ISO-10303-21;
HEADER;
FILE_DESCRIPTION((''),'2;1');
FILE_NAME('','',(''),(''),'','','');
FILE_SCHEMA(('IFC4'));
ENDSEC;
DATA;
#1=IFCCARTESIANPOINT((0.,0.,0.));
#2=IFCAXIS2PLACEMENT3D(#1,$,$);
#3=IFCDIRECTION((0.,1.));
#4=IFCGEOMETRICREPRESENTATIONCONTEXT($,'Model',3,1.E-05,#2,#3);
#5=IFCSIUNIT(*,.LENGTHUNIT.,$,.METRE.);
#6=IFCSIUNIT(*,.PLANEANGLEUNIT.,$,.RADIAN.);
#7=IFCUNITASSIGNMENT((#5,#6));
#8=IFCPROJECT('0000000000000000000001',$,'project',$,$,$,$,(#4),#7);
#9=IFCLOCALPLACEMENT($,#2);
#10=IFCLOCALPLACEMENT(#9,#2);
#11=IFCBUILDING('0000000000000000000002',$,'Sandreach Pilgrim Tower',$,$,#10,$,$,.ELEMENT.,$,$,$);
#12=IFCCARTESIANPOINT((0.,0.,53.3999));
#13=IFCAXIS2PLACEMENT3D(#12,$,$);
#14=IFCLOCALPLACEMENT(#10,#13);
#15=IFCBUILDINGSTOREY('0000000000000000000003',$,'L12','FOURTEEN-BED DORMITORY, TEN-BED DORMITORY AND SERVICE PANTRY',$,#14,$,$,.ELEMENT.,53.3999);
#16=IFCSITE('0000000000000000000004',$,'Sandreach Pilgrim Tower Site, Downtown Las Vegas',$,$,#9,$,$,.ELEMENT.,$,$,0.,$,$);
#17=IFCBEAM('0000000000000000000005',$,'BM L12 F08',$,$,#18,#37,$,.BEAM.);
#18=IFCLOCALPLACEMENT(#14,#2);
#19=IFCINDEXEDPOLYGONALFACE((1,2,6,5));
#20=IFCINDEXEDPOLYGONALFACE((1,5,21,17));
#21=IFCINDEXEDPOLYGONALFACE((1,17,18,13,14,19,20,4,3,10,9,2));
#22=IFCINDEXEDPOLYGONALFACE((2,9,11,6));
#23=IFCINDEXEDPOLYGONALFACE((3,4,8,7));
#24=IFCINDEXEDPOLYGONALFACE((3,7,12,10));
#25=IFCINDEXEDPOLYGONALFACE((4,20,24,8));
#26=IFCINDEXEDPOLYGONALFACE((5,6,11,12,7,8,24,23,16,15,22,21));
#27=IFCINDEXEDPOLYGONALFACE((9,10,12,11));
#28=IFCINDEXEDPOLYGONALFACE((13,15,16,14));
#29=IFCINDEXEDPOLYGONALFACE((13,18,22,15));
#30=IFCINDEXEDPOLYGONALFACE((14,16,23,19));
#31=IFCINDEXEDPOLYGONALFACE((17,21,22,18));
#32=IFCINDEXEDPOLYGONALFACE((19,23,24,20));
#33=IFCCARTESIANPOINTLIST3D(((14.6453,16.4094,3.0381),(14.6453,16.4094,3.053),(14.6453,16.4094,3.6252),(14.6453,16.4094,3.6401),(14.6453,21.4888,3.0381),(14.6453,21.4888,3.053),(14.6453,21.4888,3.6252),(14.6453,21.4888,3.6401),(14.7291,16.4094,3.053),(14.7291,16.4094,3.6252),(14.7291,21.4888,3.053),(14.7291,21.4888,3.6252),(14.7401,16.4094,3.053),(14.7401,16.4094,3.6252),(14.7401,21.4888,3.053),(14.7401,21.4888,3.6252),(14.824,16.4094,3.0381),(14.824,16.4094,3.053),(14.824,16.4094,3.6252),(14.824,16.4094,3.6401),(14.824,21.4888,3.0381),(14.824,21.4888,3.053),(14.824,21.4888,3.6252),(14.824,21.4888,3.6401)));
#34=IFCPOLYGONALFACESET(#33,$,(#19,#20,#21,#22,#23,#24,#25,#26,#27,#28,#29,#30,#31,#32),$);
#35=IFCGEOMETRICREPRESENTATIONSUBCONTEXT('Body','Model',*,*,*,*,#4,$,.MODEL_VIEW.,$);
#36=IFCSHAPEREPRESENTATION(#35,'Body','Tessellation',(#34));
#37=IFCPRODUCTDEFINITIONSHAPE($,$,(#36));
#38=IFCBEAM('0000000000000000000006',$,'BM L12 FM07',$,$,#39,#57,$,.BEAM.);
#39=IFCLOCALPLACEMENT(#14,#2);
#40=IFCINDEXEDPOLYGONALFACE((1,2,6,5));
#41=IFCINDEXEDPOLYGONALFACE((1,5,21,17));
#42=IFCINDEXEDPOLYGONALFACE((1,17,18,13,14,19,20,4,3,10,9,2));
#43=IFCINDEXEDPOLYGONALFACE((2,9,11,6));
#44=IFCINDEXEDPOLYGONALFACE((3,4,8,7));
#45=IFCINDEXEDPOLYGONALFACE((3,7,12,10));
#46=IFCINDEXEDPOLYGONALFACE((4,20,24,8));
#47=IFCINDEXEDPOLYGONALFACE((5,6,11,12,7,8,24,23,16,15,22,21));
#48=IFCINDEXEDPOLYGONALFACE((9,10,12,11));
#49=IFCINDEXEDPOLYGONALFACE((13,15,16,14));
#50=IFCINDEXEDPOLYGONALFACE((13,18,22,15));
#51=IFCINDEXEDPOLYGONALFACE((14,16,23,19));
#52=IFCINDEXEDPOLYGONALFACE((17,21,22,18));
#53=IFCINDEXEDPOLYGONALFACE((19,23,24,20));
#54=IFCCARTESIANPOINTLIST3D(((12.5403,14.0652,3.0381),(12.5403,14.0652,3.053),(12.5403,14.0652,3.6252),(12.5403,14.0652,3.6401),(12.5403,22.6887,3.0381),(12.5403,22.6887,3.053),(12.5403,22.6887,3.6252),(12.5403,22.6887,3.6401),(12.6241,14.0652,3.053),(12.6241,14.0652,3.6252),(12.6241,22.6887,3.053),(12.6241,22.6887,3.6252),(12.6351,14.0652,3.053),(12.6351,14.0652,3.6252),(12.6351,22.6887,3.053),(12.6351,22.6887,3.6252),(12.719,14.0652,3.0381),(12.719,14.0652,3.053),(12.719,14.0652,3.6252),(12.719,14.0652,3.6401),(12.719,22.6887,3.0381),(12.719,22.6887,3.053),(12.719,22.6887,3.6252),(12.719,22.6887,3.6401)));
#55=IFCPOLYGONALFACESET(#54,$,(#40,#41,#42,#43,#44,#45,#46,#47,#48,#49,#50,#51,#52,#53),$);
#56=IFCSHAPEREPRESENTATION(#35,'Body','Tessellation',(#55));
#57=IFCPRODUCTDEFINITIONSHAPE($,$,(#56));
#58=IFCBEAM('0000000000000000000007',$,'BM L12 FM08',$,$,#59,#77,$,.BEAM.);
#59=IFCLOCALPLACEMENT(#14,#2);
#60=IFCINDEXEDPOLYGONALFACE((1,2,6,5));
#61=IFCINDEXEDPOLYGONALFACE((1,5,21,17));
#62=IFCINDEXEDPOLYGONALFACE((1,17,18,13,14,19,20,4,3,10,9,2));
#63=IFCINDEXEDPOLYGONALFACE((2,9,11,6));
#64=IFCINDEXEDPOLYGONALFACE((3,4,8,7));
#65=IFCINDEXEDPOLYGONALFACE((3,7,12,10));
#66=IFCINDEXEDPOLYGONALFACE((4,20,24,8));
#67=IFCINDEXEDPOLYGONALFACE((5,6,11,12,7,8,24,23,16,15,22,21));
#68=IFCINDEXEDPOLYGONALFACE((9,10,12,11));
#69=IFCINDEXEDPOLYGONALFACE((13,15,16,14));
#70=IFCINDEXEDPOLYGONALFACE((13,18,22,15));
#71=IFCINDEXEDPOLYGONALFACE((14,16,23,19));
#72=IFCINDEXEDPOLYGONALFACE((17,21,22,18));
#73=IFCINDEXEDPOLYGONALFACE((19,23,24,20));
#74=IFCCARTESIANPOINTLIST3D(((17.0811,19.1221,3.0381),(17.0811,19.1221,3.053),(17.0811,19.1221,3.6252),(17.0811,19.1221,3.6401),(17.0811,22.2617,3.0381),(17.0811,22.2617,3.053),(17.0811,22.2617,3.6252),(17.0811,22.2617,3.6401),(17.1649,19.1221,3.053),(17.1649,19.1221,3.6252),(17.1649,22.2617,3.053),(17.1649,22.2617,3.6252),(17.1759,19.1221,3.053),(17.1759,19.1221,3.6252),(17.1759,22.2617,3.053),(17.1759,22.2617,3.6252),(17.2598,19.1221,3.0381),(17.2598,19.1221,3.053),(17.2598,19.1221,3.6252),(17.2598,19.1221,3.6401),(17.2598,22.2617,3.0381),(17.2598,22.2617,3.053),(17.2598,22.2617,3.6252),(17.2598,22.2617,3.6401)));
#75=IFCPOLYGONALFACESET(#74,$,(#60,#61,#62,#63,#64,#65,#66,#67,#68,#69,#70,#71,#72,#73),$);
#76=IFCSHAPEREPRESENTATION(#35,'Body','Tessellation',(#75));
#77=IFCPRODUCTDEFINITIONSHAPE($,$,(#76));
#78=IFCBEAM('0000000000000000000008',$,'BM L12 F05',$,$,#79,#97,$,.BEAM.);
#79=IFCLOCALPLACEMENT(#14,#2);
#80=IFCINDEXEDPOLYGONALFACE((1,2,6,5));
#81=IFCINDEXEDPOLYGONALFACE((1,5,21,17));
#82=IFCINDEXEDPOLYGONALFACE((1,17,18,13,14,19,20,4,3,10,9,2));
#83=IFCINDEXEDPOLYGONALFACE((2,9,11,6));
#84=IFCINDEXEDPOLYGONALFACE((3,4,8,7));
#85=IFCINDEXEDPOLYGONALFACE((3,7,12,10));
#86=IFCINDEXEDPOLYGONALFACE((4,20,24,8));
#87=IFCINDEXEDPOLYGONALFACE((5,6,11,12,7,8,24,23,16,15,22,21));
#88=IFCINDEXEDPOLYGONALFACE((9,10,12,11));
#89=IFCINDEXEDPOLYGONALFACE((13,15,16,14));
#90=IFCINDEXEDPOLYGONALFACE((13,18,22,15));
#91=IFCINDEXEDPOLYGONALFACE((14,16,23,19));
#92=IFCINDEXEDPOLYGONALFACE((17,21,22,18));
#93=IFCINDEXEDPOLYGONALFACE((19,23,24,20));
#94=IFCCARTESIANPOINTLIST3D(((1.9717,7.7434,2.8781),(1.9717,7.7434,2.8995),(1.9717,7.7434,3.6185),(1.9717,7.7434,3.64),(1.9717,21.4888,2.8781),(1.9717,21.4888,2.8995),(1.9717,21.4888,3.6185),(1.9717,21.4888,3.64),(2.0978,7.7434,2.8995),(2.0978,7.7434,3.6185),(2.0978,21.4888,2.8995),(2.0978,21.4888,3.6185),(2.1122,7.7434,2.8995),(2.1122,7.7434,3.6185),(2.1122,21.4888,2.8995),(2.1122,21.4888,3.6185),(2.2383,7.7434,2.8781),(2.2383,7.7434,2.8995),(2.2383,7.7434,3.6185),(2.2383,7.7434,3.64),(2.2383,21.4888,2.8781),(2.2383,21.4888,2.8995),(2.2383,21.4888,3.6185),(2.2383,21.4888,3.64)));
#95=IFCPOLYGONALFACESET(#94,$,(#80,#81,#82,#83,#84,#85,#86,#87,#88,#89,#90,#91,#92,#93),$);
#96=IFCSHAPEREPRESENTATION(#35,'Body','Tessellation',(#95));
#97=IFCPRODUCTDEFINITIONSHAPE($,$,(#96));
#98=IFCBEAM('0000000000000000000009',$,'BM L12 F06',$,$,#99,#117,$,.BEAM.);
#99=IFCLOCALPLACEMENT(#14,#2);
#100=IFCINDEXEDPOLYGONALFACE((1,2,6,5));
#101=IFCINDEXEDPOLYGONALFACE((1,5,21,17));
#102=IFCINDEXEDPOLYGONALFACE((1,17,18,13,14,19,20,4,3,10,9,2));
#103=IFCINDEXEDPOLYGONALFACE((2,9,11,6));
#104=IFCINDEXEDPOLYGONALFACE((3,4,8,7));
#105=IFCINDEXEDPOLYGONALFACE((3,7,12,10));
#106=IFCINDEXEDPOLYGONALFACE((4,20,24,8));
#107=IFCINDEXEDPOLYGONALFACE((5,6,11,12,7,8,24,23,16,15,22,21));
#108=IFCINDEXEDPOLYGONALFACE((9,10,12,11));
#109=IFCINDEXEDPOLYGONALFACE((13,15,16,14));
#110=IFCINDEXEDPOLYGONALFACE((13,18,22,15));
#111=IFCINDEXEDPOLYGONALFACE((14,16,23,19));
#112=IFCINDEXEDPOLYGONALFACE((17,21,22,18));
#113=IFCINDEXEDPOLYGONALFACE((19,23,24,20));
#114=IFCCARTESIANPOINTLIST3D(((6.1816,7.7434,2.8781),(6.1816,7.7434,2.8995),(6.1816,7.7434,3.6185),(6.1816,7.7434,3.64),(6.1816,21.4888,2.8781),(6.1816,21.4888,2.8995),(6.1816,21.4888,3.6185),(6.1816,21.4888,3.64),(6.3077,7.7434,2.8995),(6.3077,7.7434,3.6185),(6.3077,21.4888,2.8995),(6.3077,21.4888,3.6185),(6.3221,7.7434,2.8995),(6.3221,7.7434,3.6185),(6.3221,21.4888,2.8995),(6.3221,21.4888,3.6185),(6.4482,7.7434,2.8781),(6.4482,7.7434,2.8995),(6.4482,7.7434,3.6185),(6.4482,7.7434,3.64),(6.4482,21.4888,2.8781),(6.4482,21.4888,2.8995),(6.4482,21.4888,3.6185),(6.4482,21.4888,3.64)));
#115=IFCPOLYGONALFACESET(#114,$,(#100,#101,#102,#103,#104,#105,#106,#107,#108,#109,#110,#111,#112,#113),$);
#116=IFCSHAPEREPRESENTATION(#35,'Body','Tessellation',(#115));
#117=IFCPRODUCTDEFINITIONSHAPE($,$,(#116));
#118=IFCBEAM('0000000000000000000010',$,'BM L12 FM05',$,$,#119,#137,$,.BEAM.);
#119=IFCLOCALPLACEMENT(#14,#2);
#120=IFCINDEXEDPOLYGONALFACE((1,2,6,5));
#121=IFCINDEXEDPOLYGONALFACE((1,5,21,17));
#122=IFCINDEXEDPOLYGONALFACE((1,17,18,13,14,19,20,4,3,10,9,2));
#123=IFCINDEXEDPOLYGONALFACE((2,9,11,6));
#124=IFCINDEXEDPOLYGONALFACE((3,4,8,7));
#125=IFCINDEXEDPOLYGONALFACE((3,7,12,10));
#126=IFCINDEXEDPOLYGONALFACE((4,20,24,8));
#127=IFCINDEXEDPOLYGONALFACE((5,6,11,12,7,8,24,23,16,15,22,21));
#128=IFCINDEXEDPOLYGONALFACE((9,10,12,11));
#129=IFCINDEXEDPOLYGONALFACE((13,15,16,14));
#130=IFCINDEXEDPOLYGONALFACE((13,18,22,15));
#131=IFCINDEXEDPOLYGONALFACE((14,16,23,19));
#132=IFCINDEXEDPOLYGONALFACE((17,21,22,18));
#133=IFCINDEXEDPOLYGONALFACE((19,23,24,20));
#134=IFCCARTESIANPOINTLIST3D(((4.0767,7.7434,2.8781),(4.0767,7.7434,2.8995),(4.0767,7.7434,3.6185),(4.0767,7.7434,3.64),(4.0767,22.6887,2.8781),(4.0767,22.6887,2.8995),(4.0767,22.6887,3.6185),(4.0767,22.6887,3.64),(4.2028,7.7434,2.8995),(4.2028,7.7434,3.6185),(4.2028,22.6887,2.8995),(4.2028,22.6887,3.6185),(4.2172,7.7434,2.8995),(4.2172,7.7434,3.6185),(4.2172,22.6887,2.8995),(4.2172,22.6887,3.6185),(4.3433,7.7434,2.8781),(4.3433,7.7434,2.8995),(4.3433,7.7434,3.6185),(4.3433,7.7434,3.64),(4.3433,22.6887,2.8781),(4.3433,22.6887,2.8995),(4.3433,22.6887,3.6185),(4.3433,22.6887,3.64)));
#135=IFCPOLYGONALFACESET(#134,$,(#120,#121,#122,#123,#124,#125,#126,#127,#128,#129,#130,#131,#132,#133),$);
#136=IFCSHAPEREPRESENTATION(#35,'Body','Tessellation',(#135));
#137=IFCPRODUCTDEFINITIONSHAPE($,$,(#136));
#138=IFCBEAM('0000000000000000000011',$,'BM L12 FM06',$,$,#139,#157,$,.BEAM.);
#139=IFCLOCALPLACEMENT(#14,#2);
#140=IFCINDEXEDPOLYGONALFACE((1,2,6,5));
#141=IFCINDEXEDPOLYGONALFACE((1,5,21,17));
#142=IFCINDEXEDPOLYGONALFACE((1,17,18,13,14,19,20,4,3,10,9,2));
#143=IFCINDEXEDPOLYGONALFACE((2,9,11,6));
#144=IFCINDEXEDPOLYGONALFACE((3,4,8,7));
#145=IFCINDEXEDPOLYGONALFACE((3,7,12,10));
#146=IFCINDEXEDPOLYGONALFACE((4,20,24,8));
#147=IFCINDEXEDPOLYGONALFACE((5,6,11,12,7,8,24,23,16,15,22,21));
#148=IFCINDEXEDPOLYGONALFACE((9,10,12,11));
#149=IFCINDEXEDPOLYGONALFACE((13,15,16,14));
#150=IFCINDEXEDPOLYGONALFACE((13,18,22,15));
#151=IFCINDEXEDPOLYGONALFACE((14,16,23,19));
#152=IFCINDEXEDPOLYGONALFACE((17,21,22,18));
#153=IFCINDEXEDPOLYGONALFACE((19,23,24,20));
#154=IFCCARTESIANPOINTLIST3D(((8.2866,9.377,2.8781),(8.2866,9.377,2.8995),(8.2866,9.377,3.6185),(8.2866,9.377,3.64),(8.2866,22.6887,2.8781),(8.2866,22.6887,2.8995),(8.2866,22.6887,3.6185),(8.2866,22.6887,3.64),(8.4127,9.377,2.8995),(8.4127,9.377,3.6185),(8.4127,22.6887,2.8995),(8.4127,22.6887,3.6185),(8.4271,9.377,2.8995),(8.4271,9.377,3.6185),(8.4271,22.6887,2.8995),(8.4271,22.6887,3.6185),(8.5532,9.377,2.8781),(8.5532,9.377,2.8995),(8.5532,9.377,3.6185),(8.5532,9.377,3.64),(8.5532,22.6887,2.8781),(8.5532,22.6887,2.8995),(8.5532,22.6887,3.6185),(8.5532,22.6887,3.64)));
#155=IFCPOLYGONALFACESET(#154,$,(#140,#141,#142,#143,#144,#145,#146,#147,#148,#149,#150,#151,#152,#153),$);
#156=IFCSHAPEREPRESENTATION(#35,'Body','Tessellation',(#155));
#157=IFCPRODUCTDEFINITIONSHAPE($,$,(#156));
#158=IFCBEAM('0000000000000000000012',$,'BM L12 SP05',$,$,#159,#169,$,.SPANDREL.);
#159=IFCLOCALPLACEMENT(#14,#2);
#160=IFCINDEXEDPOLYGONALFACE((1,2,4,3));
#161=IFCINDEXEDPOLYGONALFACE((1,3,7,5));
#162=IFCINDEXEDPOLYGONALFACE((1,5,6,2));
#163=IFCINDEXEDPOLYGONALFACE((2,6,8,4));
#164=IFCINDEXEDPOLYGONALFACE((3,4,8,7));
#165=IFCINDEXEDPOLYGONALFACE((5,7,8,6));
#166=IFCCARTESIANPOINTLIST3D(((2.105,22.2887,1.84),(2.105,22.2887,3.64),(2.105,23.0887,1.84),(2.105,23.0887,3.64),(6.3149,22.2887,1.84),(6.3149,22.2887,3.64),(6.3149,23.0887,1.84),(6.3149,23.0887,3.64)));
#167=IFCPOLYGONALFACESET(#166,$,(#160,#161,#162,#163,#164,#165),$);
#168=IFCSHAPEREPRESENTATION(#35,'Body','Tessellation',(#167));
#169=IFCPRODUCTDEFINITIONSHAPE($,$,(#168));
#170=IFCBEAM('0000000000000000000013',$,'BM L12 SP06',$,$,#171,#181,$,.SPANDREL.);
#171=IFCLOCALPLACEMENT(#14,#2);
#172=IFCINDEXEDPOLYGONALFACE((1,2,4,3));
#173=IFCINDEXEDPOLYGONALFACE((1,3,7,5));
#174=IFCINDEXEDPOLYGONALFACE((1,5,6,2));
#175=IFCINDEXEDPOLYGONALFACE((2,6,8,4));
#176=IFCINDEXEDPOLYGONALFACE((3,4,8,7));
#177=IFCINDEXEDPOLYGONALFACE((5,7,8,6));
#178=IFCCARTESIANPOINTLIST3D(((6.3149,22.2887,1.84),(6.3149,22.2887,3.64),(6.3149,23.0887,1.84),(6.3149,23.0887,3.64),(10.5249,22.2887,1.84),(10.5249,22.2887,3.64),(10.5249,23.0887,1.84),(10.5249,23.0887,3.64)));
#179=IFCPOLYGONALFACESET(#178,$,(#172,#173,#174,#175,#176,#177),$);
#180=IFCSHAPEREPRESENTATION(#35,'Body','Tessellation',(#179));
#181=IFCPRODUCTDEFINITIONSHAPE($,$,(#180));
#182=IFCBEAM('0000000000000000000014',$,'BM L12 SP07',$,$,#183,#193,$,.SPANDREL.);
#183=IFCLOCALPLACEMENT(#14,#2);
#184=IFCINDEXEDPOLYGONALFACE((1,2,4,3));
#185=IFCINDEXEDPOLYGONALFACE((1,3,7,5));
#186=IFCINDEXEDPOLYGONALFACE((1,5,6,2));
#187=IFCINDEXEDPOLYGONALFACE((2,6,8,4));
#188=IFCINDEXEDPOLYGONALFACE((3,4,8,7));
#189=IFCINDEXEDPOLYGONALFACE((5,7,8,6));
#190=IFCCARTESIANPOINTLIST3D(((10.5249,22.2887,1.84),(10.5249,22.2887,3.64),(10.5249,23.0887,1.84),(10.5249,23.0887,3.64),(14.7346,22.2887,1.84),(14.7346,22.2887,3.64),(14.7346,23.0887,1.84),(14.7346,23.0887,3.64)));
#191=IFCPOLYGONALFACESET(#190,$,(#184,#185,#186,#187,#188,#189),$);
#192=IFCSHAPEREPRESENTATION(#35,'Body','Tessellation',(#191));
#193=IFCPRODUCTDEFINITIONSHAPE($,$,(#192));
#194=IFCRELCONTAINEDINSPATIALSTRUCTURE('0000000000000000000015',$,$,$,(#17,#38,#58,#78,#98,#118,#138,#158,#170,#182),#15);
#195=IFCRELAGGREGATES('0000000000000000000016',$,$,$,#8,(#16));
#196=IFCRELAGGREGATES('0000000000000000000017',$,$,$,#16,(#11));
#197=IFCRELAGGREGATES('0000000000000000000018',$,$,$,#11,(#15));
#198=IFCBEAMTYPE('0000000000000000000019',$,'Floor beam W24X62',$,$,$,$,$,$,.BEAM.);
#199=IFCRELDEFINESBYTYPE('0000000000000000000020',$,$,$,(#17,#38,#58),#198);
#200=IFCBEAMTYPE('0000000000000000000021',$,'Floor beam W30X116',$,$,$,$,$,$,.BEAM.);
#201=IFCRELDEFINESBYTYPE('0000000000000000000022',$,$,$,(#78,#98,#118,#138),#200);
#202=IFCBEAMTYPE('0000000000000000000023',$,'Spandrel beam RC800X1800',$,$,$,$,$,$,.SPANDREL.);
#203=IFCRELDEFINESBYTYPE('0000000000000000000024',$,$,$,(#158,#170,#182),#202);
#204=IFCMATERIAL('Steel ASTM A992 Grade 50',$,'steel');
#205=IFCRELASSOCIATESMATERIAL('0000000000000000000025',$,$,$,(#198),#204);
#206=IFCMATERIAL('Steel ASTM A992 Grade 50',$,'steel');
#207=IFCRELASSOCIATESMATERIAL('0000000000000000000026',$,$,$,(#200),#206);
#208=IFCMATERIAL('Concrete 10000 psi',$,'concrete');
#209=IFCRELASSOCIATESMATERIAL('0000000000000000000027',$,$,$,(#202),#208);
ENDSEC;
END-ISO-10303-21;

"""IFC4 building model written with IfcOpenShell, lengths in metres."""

from ifc_helpers import new_model, si_unit, direction, frame, origin, origin_2d, place, context, subcontext, project, spatial, rectangle, i_section, extrude, material, material_profile, profile_set, type_object, element, save


model = new_model("IFC4")

# Units and contexts
model_context = context("Model", 3, precision=1e-05, world=origin(), true_north=direction((0.0, 1.0)))
body_context = subcontext(model_context, "Body", "Model", "MODEL_VIEW")
ifc_project = project(units=[si_unit("LENGTHUNIT", "METRE"), si_unit("PLANEANGLEUNIT", "RADIAN")], contexts=[model_context])

# Site, building, storey
site_placement = place(None, origin())
site = spatial("IfcSite", under=ifc_project, at=site_placement, Name="Sandreach Pilgrim Tower Site, Downtown Las Vegas", CompositionType="ELEMENT", RefElevation=0.0)
building_placement = place(site_placement, origin())
building = spatial("IfcBuilding", under=site, at=building_placement, Name="Sandreach Pilgrim Tower", CompositionType="ELEMENT")
storey_placement = place(building_placement, frame((0.0, 0.0, 53.3999)))
storey = spatial("IfcBuildingStorey", under=building, at=storey_placement, Name="L12", Description="FOURTEEN-BED DORMITORY, TEN-BED DORMITORY AND SERVICE PANTRY", CompositionType="ELEMENT", Elevation=53.3999)

# Beams
ifc_material_1 = material(Name="Steel ASTM A992 Grade 50", Category="steel")
ifc_material_profile_1 = material_profile(ifc_material_1, i_section(OverallWidth=0.1787, OverallDepth=0.6021, WebThickness=0.011, FlangeThickness=0.0149, at=origin_2d()), Name="W24X62")
ifc_profile_set_1 = profile_set([ifc_material_profile_1], Name="Steel ASTM A992 Grade 50")
beam_type_1 = type_object("IfcBeamType", Name="Floor beam W24X62", PredefinedType="BEAM", material=ifc_profile_set_1)
beam_1_placement = place(storey_placement, frame((14.7346, 21.4888, 3.3391), z_axis=(0.0, -1.0, 0.0), x_axis=(1.0, 0.0, 0.0)))
element("IfcBeam", 1, at=beam_1_placement, inside=storey, type_object=beam_type_1, Name="BM L12 F08", PredefinedType="BEAM", context=body_context, shape_type="SweptSolid", body=[
    extrude(i_section(OverallWidth=0.1787, OverallDepth=0.6021, WebThickness=0.011, FlangeThickness=0.0149, at=origin_2d()), origin(), (0.0, 0.0, 1.0), 5.0793),
])
beam_2_placement = place(storey_placement, frame((12.6296, 22.6887, 3.3391), z_axis=(0.0, -1.0, 0.0), x_axis=(1.0, 0.0, 0.0)))
element("IfcBeam", 2, at=beam_2_placement, inside=storey, type_object=beam_type_1, Name="BM L12 FM07", PredefinedType="BEAM", context=body_context, shape_type="SweptSolid", body=[
    extrude(i_section(OverallWidth=0.1787, OverallDepth=0.6021, WebThickness=0.011, FlangeThickness=0.0149, at=origin_2d()), origin(), (0.0, 0.0, 1.0), 8.6235),
])
beam_3_placement = place(storey_placement, frame((17.1704, 22.2617, 3.3391), z_axis=(0.0, -1.0, 0.0), x_axis=(1.0, 0.0, 0.0)))
element("IfcBeam", 3, at=beam_3_placement, inside=storey, type_object=beam_type_1, Name="BM L12 FM08", PredefinedType="BEAM", context=body_context, shape_type="SweptSolid", body=[
    extrude(i_section(OverallWidth=0.1787, OverallDepth=0.6021, WebThickness=0.011, FlangeThickness=0.0149, at=origin_2d()), origin(), (0.0, 0.0, 1.0), 3.1396),
])
ifc_material_2 = material(Name="Steel ASTM A992 Grade 50", Category="steel")
ifc_material_profile_2 = material_profile(ifc_material_2, i_section(OverallWidth=0.2666, OverallDepth=0.762, WebThickness=0.0144, FlangeThickness=0.0215, at=origin_2d()), Name="W30X116")
ifc_profile_set_2 = profile_set([ifc_material_profile_2], Name="Steel ASTM A992 Grade 50")
beam_type_2 = type_object("IfcBeamType", Name="Floor beam W30X116", PredefinedType="BEAM", material=ifc_profile_set_2)
for number, where, z_axis, x_axis, name in (
    (4, (2.105, 21.4888, 3.259), (0.0, -1.0, 0.0), (1.0, 0.0, 0.0), "BM L12 F05"),
    (5, (6.3149, 21.4888, 3.259), (0.0, -1.0, 0.0), (1.0, 0.0, 0.0), "BM L12 F06"),
):
    element("IfcBeam", number, at=place(storey_placement, frame(where, z_axis=z_axis, x_axis=x_axis)), inside=storey, type_object=beam_type_2, Name=name, PredefinedType="BEAM", context=body_context, shape_type="SweptSolid", body=[
        extrude(i_section(OverallWidth=0.2666, OverallDepth=0.762, WebThickness=0.0144, FlangeThickness=0.0215, at=origin_2d()), origin(), (0.0, 0.0, 1.0), 13.7454),
    ])
beam_4_placement = place(storey_placement, frame((4.21, 22.6887, 3.259), z_axis=(0.0, -1.0, 0.0), x_axis=(1.0, 0.0, 0.0)))
element("IfcBeam", 6, at=beam_4_placement, inside=storey, type_object=beam_type_2, Name="BM L12 FM05", PredefinedType="BEAM", context=body_context, shape_type="SweptSolid", body=[
    extrude(i_section(OverallWidth=0.2666, OverallDepth=0.762, WebThickness=0.0144, FlangeThickness=0.0215, at=origin_2d()), origin(), (0.0, 0.0, 1.0), 14.9453),
])
beam_5_placement = place(storey_placement, frame((8.4199, 22.6887, 3.259), z_axis=(0.0, -1.0, 0.0), x_axis=(1.0, 0.0, 0.0)))
element("IfcBeam", 7, at=beam_5_placement, inside=storey, type_object=beam_type_2, Name="BM L12 FM06", PredefinedType="BEAM", context=body_context, shape_type="SweptSolid", body=[
    extrude(i_section(OverallWidth=0.2666, OverallDepth=0.762, WebThickness=0.0144, FlangeThickness=0.0215, at=origin_2d()), origin(), (0.0, 0.0, 1.0), 13.3118),
])
ifc_material_3 = material(Name="Concrete 10000 psi", Category="concrete")
ifc_material_profile_3 = material_profile(ifc_material_3, rectangle(XDim=0.8, YDim=1.8, at=origin_2d()), Name="RC800X1800")
ifc_profile_set_3 = profile_set([ifc_material_profile_3], Name="Concrete 10000 psi")
beam_type_3 = type_object("IfcBeamType", Name="Spandrel beam RC800X1800", PredefinedType="SPANDREL", material=ifc_profile_set_3)
for number, where, z_axis, x_axis, name in (
    (8, (2.105, 22.6887, 2.74), (1.0, 0.0, 0.0), (0.0, 1.0, 0.0), "BM L12 SP05"),
    (9, (6.3149, 22.6887, 2.74), (1.0, 0.0, 0.0), (0.0, 1.0, 0.0), "BM L12 SP06"),
):
    element("IfcBeam", number, at=place(storey_placement, frame(where, z_axis=z_axis, x_axis=x_axis)), inside=storey, type_object=beam_type_3, Name=name, PredefinedType="SPANDREL", context=body_context, shape_type="SweptSolid", body=[
        extrude(rectangle(XDim=0.8, YDim=1.8, at=origin_2d()), origin(), (0.0, 0.0, 1.0), 4.21),
    ])
beam_6_placement = place(storey_placement, frame((10.5249, 22.6887, 2.74), z_axis=(1.0, 0.0, 0.0), x_axis=(0.0, 1.0, 0.0)))
element("IfcBeam", 10, at=beam_6_placement, inside=storey, type_object=beam_type_3, Name="BM L12 SP07", PredefinedType="SPANDREL", context=body_context, shape_type="SweptSolid", body=[
    extrude(rectangle(XDim=0.8, YDim=1.8, at=origin_2d()), origin(), (0.0, 0.0, 1.0), 4.2097),
])

save(model, "model.ifc")
